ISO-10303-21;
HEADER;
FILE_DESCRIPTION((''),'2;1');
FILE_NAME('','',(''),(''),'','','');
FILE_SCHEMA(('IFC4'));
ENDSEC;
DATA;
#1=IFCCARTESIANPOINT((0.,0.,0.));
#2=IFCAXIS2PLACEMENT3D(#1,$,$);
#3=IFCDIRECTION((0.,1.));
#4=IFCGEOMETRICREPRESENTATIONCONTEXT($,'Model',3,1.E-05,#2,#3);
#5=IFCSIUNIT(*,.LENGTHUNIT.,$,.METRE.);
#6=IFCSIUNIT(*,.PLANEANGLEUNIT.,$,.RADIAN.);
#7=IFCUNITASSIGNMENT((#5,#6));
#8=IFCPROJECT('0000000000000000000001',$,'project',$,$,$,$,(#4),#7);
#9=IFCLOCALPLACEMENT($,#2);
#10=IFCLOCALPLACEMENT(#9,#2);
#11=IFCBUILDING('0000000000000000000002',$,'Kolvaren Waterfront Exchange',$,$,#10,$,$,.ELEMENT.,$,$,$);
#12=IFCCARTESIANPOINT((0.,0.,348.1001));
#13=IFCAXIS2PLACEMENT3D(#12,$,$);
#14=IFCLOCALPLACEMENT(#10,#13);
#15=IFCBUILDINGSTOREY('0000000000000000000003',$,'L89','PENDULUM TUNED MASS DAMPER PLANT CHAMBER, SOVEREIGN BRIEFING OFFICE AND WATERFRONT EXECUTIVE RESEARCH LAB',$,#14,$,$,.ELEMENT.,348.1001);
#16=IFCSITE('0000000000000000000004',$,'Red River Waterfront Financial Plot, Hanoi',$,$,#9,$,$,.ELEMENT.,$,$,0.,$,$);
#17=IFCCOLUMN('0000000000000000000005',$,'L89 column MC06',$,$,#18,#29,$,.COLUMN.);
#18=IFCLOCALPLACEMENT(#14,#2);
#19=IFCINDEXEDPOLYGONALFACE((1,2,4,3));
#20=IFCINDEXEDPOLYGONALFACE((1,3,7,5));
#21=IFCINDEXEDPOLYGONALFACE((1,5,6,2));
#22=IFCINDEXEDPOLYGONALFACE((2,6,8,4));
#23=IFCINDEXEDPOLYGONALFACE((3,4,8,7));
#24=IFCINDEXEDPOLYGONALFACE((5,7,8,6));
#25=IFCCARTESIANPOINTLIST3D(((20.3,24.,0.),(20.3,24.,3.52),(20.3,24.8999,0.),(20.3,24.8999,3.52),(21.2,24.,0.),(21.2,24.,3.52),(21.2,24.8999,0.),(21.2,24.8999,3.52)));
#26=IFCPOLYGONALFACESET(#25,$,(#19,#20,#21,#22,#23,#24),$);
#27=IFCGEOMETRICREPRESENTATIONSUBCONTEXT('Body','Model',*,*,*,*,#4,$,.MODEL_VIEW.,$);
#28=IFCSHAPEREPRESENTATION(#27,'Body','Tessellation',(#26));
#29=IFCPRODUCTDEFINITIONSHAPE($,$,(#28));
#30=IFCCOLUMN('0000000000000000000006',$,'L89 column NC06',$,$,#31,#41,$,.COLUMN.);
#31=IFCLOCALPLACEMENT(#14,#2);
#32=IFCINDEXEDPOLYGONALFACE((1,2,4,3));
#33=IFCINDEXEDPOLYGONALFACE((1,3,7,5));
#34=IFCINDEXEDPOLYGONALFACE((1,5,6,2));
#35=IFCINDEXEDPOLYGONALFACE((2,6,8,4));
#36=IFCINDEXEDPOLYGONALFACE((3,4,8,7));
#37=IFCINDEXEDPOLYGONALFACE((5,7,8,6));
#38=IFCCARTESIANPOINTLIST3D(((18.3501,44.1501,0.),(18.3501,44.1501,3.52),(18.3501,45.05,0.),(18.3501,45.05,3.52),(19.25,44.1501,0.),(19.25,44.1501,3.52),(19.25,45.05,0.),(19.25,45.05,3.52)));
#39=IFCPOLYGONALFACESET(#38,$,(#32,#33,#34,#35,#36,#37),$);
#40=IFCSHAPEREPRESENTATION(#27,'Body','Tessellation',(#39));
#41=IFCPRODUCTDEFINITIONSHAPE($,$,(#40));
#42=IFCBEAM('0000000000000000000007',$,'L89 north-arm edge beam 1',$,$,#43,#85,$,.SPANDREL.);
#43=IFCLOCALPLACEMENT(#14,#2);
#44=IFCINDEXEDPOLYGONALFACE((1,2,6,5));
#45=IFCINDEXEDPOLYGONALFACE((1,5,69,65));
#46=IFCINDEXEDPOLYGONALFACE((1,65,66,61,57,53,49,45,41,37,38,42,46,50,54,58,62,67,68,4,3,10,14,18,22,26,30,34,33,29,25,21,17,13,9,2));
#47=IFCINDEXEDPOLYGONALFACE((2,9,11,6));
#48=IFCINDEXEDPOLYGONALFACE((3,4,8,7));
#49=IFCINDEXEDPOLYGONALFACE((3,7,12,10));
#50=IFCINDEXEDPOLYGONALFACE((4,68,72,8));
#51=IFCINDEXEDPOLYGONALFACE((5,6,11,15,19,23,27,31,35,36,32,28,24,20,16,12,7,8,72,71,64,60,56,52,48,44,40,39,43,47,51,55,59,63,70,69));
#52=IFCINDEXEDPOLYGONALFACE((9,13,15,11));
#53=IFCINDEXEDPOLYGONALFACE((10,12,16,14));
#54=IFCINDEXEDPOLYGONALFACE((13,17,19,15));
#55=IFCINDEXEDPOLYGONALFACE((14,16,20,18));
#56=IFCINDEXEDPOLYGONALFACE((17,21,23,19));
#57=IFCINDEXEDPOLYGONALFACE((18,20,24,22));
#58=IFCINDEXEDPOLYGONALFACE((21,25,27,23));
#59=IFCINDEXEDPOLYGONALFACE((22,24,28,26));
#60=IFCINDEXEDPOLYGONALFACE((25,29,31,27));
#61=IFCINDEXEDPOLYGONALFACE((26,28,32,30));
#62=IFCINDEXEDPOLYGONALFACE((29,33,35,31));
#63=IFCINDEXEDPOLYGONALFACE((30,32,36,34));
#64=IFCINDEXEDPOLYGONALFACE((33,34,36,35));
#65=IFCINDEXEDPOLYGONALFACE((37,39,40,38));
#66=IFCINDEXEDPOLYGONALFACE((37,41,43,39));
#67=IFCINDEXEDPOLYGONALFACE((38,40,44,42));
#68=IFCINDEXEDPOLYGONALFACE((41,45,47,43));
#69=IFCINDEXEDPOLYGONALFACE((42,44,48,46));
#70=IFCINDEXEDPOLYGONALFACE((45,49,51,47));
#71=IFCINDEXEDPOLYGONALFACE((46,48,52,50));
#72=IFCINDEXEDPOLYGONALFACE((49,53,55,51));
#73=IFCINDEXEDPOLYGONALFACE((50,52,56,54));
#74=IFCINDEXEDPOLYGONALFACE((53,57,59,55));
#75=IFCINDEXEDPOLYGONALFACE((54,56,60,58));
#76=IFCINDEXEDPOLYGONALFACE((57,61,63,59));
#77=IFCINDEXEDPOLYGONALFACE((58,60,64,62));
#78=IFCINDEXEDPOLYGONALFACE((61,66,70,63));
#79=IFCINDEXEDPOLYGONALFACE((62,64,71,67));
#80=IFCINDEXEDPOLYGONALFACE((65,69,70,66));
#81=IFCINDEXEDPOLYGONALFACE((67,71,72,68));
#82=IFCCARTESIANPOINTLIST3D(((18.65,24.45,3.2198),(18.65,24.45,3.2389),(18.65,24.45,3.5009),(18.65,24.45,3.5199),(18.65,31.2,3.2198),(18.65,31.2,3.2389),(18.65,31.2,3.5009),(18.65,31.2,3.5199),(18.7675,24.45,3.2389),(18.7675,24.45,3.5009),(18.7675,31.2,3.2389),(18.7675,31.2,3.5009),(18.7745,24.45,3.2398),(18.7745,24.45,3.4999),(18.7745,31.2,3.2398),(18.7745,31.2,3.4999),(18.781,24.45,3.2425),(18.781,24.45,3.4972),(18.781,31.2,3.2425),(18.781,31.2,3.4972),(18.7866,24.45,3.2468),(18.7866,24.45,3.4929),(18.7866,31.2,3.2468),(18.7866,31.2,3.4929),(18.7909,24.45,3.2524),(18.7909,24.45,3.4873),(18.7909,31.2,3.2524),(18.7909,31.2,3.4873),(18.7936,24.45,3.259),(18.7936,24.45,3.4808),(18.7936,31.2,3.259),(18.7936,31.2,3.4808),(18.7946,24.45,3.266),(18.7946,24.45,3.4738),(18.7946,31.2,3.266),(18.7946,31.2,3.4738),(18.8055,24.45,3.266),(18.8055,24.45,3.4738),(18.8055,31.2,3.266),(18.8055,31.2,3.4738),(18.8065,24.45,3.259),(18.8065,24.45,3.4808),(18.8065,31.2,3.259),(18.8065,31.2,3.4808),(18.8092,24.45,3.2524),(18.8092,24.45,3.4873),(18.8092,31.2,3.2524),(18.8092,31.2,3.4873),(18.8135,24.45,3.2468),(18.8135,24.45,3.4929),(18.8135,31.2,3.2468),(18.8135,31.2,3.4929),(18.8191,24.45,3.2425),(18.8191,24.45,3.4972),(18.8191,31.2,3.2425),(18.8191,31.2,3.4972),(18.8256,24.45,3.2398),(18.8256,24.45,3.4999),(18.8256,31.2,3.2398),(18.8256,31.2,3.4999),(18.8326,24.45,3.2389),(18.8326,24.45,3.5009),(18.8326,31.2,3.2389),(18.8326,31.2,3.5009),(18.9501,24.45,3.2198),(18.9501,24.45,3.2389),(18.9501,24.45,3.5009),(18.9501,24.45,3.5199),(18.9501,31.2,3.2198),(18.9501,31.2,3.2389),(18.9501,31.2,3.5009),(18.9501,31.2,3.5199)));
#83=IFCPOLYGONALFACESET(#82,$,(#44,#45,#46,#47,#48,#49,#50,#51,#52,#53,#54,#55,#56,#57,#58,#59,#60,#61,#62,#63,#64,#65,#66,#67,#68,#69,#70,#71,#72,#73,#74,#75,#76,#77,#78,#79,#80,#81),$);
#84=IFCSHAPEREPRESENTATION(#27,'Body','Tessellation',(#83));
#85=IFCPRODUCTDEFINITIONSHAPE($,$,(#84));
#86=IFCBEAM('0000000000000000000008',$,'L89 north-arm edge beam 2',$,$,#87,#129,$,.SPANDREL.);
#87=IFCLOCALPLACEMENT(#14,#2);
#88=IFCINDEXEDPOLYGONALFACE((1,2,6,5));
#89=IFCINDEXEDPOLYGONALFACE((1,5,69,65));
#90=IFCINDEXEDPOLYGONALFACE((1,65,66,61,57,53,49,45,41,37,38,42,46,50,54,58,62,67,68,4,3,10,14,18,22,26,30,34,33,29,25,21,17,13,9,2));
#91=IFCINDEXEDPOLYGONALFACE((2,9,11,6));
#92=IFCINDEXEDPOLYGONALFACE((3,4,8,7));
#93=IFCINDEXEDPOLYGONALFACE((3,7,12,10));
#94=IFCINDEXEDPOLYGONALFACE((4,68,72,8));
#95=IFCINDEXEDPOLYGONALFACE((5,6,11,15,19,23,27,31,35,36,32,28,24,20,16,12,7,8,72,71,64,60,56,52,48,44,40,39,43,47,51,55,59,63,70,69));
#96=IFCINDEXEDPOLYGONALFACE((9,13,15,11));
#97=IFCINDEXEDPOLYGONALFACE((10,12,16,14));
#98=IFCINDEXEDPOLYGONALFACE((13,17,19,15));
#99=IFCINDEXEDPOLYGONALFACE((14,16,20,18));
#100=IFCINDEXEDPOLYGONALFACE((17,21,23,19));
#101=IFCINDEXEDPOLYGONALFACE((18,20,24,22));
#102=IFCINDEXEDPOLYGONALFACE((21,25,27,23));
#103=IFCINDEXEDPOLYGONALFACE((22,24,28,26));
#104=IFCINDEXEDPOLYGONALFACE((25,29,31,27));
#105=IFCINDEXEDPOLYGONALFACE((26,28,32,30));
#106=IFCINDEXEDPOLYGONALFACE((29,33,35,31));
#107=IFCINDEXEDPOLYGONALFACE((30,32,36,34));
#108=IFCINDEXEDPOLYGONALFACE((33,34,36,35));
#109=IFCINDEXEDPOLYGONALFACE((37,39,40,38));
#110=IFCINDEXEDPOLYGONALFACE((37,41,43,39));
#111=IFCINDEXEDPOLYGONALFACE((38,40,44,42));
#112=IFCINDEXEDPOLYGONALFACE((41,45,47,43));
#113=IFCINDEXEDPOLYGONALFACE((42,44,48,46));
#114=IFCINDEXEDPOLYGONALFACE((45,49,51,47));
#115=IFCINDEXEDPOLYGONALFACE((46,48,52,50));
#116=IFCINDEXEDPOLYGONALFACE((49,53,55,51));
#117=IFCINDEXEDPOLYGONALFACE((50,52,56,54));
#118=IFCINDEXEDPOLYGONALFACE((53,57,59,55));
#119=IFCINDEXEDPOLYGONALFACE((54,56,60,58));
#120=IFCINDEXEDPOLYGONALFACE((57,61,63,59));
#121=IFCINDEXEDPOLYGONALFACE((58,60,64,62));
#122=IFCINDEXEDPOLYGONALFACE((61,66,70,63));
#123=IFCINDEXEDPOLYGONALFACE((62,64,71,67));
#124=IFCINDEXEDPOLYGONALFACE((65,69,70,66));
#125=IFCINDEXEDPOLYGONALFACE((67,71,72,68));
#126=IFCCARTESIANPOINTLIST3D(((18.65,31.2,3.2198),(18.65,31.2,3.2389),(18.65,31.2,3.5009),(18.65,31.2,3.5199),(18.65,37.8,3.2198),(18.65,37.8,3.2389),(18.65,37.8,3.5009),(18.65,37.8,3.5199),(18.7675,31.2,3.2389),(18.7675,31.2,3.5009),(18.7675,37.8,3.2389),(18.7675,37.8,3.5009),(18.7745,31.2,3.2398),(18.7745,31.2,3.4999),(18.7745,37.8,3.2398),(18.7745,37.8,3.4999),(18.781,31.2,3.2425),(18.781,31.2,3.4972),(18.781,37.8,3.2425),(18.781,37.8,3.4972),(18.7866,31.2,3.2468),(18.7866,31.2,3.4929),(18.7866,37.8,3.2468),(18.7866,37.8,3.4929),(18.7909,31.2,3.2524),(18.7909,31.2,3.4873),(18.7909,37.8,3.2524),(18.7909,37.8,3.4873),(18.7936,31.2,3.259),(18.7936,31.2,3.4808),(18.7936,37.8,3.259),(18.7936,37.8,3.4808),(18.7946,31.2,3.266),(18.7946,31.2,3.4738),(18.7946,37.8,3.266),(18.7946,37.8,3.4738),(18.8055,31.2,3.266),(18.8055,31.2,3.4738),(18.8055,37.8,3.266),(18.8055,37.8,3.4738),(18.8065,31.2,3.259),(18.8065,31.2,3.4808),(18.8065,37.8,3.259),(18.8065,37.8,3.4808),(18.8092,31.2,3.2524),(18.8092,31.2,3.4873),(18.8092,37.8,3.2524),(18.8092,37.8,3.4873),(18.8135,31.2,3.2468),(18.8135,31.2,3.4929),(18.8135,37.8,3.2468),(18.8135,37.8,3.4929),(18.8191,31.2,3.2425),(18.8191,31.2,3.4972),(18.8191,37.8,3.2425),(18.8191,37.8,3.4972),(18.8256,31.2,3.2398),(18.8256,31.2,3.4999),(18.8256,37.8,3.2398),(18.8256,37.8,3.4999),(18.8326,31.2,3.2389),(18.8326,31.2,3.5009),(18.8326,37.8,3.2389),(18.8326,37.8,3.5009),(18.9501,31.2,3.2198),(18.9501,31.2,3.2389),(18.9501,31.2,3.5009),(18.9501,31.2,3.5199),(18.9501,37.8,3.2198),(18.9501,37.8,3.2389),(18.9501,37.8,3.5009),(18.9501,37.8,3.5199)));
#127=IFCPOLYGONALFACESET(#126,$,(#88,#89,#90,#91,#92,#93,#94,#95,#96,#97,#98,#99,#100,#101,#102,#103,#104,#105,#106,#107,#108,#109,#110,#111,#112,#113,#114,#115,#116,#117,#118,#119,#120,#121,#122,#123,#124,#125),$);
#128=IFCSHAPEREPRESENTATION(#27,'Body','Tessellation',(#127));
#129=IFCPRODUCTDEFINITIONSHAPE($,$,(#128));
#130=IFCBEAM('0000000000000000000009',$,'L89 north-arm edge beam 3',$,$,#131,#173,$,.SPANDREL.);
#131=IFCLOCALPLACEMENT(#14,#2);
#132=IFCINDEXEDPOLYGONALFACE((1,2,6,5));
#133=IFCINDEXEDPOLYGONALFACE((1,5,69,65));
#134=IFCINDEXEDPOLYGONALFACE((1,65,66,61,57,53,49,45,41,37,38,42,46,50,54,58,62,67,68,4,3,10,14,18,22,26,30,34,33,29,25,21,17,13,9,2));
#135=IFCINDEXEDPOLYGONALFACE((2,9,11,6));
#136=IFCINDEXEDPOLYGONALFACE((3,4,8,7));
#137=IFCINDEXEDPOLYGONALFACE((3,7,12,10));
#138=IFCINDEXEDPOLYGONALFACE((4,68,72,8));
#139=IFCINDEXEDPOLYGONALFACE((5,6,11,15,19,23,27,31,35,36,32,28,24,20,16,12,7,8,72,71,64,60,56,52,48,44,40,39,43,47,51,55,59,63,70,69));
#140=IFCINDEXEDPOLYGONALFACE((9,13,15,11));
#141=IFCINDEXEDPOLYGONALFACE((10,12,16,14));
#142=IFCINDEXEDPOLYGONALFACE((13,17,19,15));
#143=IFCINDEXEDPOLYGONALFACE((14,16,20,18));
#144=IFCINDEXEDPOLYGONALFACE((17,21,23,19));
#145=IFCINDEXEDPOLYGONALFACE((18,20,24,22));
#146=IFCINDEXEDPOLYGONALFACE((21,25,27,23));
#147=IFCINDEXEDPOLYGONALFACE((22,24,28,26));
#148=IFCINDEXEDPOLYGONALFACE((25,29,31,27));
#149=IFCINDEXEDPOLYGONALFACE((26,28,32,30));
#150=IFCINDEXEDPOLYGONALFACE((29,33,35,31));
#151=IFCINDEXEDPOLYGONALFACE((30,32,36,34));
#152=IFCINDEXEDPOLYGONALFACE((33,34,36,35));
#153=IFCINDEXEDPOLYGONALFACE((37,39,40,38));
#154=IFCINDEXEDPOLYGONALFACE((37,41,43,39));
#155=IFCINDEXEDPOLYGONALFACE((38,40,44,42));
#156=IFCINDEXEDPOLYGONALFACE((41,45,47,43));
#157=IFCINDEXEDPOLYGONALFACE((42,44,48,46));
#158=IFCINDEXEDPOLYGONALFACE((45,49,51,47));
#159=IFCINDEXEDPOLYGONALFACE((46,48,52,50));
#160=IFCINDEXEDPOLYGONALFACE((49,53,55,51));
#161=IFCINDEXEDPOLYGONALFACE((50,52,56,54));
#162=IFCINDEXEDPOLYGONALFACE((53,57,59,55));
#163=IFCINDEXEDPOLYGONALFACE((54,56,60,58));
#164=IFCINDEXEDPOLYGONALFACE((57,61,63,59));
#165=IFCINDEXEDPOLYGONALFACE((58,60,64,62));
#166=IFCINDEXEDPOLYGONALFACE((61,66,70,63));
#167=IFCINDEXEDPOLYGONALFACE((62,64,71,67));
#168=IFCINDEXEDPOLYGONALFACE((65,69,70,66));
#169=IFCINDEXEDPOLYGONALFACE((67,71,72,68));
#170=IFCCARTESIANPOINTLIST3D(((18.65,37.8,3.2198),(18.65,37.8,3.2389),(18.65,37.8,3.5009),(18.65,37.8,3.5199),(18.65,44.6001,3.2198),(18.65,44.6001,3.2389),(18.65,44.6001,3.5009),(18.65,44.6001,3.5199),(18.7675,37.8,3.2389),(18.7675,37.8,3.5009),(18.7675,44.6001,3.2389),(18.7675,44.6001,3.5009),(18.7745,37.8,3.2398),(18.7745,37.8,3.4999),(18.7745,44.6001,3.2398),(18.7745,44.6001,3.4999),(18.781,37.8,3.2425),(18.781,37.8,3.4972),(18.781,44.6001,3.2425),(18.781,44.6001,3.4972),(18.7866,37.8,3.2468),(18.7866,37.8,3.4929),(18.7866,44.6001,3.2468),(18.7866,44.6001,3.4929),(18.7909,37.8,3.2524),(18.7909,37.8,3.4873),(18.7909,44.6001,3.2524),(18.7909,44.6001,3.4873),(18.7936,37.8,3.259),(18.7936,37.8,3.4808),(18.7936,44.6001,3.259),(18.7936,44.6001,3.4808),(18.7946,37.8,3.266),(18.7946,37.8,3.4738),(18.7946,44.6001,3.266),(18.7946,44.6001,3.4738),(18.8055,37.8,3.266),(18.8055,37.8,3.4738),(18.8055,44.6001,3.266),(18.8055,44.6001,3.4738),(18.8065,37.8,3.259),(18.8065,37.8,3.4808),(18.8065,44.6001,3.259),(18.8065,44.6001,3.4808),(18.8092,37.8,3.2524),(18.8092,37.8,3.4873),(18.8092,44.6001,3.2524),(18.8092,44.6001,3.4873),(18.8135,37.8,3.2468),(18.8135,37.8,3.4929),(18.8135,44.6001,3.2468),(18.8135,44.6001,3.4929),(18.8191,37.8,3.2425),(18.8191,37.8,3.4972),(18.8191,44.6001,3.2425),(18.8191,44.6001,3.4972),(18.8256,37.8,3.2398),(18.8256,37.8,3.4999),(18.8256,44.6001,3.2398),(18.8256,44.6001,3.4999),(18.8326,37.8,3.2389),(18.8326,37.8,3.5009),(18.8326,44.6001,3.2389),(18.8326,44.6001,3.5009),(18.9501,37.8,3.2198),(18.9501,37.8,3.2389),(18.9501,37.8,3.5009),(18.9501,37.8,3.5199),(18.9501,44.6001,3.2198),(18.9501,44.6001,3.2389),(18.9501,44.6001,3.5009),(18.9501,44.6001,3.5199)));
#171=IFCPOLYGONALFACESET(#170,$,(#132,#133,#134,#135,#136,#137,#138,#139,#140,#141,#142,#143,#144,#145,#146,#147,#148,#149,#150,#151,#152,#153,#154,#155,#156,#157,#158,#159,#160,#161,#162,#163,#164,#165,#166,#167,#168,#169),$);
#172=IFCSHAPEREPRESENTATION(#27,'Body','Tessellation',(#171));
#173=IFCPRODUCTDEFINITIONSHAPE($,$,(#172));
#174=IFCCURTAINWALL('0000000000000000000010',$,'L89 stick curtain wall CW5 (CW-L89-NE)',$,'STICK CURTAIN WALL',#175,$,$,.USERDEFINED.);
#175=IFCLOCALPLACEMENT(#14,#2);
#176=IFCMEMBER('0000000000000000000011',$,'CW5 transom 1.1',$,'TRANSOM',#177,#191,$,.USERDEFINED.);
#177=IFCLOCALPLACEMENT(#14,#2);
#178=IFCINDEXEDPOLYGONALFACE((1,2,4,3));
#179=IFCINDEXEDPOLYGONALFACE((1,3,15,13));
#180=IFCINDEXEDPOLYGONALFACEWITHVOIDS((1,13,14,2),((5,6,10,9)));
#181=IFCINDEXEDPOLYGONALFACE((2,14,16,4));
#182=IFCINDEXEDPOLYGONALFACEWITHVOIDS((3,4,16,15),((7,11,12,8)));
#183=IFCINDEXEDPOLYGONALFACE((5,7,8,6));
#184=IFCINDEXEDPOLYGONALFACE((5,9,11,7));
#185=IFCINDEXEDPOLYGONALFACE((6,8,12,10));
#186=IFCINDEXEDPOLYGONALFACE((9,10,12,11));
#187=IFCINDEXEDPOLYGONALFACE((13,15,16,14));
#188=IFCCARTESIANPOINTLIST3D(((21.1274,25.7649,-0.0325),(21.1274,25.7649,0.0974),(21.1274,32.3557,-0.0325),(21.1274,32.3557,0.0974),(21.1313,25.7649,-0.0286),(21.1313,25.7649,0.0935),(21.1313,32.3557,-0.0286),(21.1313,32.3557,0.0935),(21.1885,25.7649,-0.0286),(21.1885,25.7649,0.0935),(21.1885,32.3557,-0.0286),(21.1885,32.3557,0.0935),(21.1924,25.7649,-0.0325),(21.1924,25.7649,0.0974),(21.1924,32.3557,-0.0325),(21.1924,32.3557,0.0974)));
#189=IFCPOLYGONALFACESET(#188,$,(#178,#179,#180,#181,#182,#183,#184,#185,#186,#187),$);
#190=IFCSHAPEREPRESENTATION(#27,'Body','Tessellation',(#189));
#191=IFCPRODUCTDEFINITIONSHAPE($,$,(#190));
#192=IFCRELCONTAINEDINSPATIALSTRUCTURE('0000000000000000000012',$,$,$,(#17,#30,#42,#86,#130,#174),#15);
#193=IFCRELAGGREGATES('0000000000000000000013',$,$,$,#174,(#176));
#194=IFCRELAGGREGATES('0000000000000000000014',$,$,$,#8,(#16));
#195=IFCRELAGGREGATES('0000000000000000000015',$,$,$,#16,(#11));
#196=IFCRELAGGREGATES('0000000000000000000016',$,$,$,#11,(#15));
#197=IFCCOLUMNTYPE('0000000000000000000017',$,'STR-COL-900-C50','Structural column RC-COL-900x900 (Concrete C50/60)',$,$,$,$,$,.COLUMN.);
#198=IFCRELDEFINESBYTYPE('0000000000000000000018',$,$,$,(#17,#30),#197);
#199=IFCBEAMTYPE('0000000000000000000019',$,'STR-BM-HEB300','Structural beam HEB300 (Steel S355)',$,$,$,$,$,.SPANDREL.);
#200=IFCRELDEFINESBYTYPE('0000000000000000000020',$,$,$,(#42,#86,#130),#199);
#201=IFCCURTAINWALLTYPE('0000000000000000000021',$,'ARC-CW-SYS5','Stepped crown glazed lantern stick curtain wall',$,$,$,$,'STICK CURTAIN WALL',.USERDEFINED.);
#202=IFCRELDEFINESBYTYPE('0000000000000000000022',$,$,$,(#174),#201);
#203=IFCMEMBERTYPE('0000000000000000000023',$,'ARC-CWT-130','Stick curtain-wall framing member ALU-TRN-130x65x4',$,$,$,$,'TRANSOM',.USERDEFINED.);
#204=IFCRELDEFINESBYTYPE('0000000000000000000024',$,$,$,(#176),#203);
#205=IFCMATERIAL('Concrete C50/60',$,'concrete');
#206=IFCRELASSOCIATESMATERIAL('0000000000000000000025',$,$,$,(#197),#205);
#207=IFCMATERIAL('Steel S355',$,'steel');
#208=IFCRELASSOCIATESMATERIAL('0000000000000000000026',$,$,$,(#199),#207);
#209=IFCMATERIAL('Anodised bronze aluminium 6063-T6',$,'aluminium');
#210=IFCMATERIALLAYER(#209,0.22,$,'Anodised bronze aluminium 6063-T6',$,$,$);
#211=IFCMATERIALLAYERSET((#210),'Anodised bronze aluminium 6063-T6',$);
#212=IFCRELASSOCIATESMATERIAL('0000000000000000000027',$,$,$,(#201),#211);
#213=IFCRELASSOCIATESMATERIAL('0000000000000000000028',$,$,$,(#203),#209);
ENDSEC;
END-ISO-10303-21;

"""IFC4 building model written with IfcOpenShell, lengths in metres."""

from ifc_helpers import new_model, si_unit, direction, frame, origin, origin_with_axes, origin_2d, place, context, subcontext, project, spatial, rectangle, hollow_rectangle, i_section, extrude, source, transform, mapped, material, layer, layer_set, material_profile, profile_set, type_object, element, aggregate, save


model = new_model("IFC4")

# Units and contexts
model_context = context("Model", 3, precision=1e-05, world=origin(), true_north=direction((0.0, 1.0)))
body_context = subcontext(model_context, "Body", "Model", "MODEL_VIEW")
ifc_project = project(units=[si_unit("LENGTHUNIT", "METRE"), si_unit("PLANEANGLEUNIT", "RADIAN")], contexts=[model_context])

# Site, building, storey
site_placement = place(None, origin())
site = spatial("IfcSite", under=ifc_project, at=site_placement, Name="Red River Waterfront Financial Plot, Hanoi", CompositionType="ELEMENT", RefElevation=0.0)
building_placement = place(site_placement, origin())
building = spatial("IfcBuilding", under=site, at=building_placement, Name="Kolvaren Waterfront Exchange", CompositionType="ELEMENT")
storey_placement = place(building_placement, frame((0.0, 0.0, 348.1001)))
storey = spatial("IfcBuildingStorey", under=building, at=storey_placement, Name="L89", Description="PENDULUM TUNED MASS DAMPER PLANT CHAMBER, SOVEREIGN BRIEFING OFFICE AND WATERFRONT EXECUTIVE RESEARCH LAB", CompositionType="ELEMENT", Elevation=348.1001)

# Columns
ifc_material_1 = material(Name="Concrete C50/60", Category="concrete")
ifc_material_profile_1 = material_profile(ifc_material_1, rectangle(XDim=0.8999, YDim=0.8999, at=origin_2d()), Name="RC-COL-900x900")
ifc_profile_set_1 = profile_set([ifc_material_profile_1], Name="Concrete C50/60")
column_type = type_object("IfcColumnType", Name="STR-COL-900-C50", Description="Structural column RC-COL-900x900 (Concrete C50/60)", PredefinedType="COLUMN", material=ifc_profile_set_1)
for number, where, z_axis, x_axis, name in (
    (1, (20.75, 24.45, 0.0), (0.0, 0.0, 1.0), (1.0, 0.0, 0.0), "L89 column MC06"),
    (2, (18.8, 44.6001, 0.0), (0.0, 0.0, 1.0), (1.0, 0.0, 0.0), "L89 column NC06"),
):
    element("IfcColumn", number, at=place(storey_placement, frame(where, z_axis=z_axis, x_axis=x_axis)), inside=storey, type_object=column_type, Name=name, PredefinedType="COLUMN", context=body_context, shape_type="SweptSolid", body=[
        extrude(rectangle(XDim=0.8999, YDim=0.8999, at=origin_2d()), origin(), (0.0, 0.0, 1.0), 3.52),
    ])

# Beams
ifc_material_2 = material(Name="Steel S355", Category="steel")
ifc_material_profile_2 = material_profile(ifc_material_2, i_section(OverallWidth=0.3, OverallDepth=0.3, WebThickness=0.011, FlangeThickness=0.019, FilletRadius=0.0271, at=origin_2d()), Name="HEB300")
ifc_profile_set_2 = profile_set([ifc_material_profile_2], Name="Steel S355")
beam_type = type_object("IfcBeamType", Name="STR-BM-HEB300", Description="Structural beam HEB300 (Steel S355)", PredefinedType="SPANDREL", material=ifc_profile_set_2)
beam_1_placement = place(storey_placement, frame((18.8, 24.45, 3.3699), z_axis=(0.0, 1.0, 0.0), x_axis=(-1.0, 0.0, 0.0)))
element("IfcBeam", 3, at=beam_1_placement, inside=storey, type_object=beam_type, Name="L89 north-arm edge beam 1", PredefinedType="SPANDREL", context=body_context, shape_type="SweptSolid", body=[
    extrude(i_section(OverallWidth=0.3, OverallDepth=0.3, WebThickness=0.011, FlangeThickness=0.019, FilletRadius=0.0271, at=origin_2d()), origin(), (0.0, 0.0, 1.0), 6.75),
])
beam_2_placement = place(storey_placement, frame((18.8, 31.2, 3.3699), z_axis=(0.0, 1.0, 0.0), x_axis=(-1.0, 0.0, 0.0)))
element("IfcBeam", 4, at=beam_2_placement, inside=storey, type_object=beam_type, Name="L89 north-arm edge beam 2", PredefinedType="SPANDREL", context=body_context, shape_type="SweptSolid", body=[
    extrude(i_section(OverallWidth=0.3, OverallDepth=0.3, WebThickness=0.011, FlangeThickness=0.019, FilletRadius=0.0271, at=origin_2d()), origin(), (0.0, 0.0, 1.0), 6.6001),
])
beam_3_placement = place(storey_placement, frame((18.8, 37.8, 3.3699), z_axis=(0.0, 1.0, 0.0), x_axis=(-1.0, 0.0, 0.0)))
element("IfcBeam", 5, at=beam_3_placement, inside=storey, type_object=beam_type, Name="L89 north-arm edge beam 3", PredefinedType="SPANDREL", context=body_context, shape_type="SweptSolid", body=[
    extrude(i_section(OverallWidth=0.3, OverallDepth=0.3, WebThickness=0.011, FlangeThickness=0.019, FilletRadius=0.0271, at=origin_2d()), origin(), (0.0, 0.0, 1.0), 6.8),
])

# Curtain wall, member
ifc_material_3 = material(Name="Anodised bronze aluminium 6063-T6", Category="aluminium")
ifc_layer_1 = layer(ifc_material_3, 0.22, Name="Anodised bronze aluminium 6063-T6")
ifc_layer_set_1 = layer_set([ifc_layer_1], Name="Anodised bronze aluminium 6063-T6")
curtain_wall_type = type_object("IfcCurtainWallType", Name="ARC-CW-SYS5", Description="Stepped crown glazed lantern stick curtain wall", ElementType="STICK CURTAIN WALL", PredefinedType="USERDEFINED", material=ifc_layer_set_1)
curtain_wall_1_placement = place(storey_placement, origin())
curtain_wall_1 = element("IfcCurtainWall", 6, at=curtain_wall_1_placement, inside=storey, type_object=curtain_wall_type, Name="L89 stick curtain wall CW5 (CW-L89-NE)", ObjectType="STICK CURTAIN WALL", PredefinedType="USERDEFINED")
ifc_material_profile_3 = material_profile(ifc_material_3, hollow_rectangle(XDim=0.0649, YDim=0.1299, WallThickness=0.0039, at=origin_2d()), Name="ALU-TRN-130x65x4")
ifc_profile_set_3 = profile_set([ifc_material_profile_3], Name="Anodised bronze aluminium 6063-T6")
member_type_1 = type_object("IfcMemberType", Name="ARC-CWT-130", Description="Stick curtain-wall framing member ALU-TRN-130x65x4", ElementType="TRANSOM", PredefinedType="USERDEFINED", material=ifc_profile_set_3)
shared_shape_1 = source(origin_with_axes(), body_context, "Body", "SweptSolid", [
    extrude(hollow_rectangle(XDim=0.0649, YDim=0.1299, WallThickness=0.0039, at=origin_2d()), origin(), (0.0, 0.0, 1.0), 6.5908),
])
member_1_placement = place(storey_placement, frame((21.1599, 25.7649, 0.0325), z_axis=(0.0, 1.0, 0.0), x_axis=(-1.0, 0.0, 0.0)))
member_1 = element("IfcMember", 7, at=member_1_placement, type_object=member_type_1, Name="CW5 transom 1.1", ObjectType="TRANSOM", PredefinedType="USERDEFINED", context=body_context, shape_type="MappedRepresentation", body=[
    mapped(shared_shape_1, transform((0.0, 0.0, 0.0), x_axis=(1.0, 0.0, 0.0), y_axis=(0.0, 1.0, 0.0), z_axis=(0.0, 0.0, 1.0), scale=1.0)),
])

aggregate(curtain_wall_1, [member_1])

save(model, "model.ifc")
